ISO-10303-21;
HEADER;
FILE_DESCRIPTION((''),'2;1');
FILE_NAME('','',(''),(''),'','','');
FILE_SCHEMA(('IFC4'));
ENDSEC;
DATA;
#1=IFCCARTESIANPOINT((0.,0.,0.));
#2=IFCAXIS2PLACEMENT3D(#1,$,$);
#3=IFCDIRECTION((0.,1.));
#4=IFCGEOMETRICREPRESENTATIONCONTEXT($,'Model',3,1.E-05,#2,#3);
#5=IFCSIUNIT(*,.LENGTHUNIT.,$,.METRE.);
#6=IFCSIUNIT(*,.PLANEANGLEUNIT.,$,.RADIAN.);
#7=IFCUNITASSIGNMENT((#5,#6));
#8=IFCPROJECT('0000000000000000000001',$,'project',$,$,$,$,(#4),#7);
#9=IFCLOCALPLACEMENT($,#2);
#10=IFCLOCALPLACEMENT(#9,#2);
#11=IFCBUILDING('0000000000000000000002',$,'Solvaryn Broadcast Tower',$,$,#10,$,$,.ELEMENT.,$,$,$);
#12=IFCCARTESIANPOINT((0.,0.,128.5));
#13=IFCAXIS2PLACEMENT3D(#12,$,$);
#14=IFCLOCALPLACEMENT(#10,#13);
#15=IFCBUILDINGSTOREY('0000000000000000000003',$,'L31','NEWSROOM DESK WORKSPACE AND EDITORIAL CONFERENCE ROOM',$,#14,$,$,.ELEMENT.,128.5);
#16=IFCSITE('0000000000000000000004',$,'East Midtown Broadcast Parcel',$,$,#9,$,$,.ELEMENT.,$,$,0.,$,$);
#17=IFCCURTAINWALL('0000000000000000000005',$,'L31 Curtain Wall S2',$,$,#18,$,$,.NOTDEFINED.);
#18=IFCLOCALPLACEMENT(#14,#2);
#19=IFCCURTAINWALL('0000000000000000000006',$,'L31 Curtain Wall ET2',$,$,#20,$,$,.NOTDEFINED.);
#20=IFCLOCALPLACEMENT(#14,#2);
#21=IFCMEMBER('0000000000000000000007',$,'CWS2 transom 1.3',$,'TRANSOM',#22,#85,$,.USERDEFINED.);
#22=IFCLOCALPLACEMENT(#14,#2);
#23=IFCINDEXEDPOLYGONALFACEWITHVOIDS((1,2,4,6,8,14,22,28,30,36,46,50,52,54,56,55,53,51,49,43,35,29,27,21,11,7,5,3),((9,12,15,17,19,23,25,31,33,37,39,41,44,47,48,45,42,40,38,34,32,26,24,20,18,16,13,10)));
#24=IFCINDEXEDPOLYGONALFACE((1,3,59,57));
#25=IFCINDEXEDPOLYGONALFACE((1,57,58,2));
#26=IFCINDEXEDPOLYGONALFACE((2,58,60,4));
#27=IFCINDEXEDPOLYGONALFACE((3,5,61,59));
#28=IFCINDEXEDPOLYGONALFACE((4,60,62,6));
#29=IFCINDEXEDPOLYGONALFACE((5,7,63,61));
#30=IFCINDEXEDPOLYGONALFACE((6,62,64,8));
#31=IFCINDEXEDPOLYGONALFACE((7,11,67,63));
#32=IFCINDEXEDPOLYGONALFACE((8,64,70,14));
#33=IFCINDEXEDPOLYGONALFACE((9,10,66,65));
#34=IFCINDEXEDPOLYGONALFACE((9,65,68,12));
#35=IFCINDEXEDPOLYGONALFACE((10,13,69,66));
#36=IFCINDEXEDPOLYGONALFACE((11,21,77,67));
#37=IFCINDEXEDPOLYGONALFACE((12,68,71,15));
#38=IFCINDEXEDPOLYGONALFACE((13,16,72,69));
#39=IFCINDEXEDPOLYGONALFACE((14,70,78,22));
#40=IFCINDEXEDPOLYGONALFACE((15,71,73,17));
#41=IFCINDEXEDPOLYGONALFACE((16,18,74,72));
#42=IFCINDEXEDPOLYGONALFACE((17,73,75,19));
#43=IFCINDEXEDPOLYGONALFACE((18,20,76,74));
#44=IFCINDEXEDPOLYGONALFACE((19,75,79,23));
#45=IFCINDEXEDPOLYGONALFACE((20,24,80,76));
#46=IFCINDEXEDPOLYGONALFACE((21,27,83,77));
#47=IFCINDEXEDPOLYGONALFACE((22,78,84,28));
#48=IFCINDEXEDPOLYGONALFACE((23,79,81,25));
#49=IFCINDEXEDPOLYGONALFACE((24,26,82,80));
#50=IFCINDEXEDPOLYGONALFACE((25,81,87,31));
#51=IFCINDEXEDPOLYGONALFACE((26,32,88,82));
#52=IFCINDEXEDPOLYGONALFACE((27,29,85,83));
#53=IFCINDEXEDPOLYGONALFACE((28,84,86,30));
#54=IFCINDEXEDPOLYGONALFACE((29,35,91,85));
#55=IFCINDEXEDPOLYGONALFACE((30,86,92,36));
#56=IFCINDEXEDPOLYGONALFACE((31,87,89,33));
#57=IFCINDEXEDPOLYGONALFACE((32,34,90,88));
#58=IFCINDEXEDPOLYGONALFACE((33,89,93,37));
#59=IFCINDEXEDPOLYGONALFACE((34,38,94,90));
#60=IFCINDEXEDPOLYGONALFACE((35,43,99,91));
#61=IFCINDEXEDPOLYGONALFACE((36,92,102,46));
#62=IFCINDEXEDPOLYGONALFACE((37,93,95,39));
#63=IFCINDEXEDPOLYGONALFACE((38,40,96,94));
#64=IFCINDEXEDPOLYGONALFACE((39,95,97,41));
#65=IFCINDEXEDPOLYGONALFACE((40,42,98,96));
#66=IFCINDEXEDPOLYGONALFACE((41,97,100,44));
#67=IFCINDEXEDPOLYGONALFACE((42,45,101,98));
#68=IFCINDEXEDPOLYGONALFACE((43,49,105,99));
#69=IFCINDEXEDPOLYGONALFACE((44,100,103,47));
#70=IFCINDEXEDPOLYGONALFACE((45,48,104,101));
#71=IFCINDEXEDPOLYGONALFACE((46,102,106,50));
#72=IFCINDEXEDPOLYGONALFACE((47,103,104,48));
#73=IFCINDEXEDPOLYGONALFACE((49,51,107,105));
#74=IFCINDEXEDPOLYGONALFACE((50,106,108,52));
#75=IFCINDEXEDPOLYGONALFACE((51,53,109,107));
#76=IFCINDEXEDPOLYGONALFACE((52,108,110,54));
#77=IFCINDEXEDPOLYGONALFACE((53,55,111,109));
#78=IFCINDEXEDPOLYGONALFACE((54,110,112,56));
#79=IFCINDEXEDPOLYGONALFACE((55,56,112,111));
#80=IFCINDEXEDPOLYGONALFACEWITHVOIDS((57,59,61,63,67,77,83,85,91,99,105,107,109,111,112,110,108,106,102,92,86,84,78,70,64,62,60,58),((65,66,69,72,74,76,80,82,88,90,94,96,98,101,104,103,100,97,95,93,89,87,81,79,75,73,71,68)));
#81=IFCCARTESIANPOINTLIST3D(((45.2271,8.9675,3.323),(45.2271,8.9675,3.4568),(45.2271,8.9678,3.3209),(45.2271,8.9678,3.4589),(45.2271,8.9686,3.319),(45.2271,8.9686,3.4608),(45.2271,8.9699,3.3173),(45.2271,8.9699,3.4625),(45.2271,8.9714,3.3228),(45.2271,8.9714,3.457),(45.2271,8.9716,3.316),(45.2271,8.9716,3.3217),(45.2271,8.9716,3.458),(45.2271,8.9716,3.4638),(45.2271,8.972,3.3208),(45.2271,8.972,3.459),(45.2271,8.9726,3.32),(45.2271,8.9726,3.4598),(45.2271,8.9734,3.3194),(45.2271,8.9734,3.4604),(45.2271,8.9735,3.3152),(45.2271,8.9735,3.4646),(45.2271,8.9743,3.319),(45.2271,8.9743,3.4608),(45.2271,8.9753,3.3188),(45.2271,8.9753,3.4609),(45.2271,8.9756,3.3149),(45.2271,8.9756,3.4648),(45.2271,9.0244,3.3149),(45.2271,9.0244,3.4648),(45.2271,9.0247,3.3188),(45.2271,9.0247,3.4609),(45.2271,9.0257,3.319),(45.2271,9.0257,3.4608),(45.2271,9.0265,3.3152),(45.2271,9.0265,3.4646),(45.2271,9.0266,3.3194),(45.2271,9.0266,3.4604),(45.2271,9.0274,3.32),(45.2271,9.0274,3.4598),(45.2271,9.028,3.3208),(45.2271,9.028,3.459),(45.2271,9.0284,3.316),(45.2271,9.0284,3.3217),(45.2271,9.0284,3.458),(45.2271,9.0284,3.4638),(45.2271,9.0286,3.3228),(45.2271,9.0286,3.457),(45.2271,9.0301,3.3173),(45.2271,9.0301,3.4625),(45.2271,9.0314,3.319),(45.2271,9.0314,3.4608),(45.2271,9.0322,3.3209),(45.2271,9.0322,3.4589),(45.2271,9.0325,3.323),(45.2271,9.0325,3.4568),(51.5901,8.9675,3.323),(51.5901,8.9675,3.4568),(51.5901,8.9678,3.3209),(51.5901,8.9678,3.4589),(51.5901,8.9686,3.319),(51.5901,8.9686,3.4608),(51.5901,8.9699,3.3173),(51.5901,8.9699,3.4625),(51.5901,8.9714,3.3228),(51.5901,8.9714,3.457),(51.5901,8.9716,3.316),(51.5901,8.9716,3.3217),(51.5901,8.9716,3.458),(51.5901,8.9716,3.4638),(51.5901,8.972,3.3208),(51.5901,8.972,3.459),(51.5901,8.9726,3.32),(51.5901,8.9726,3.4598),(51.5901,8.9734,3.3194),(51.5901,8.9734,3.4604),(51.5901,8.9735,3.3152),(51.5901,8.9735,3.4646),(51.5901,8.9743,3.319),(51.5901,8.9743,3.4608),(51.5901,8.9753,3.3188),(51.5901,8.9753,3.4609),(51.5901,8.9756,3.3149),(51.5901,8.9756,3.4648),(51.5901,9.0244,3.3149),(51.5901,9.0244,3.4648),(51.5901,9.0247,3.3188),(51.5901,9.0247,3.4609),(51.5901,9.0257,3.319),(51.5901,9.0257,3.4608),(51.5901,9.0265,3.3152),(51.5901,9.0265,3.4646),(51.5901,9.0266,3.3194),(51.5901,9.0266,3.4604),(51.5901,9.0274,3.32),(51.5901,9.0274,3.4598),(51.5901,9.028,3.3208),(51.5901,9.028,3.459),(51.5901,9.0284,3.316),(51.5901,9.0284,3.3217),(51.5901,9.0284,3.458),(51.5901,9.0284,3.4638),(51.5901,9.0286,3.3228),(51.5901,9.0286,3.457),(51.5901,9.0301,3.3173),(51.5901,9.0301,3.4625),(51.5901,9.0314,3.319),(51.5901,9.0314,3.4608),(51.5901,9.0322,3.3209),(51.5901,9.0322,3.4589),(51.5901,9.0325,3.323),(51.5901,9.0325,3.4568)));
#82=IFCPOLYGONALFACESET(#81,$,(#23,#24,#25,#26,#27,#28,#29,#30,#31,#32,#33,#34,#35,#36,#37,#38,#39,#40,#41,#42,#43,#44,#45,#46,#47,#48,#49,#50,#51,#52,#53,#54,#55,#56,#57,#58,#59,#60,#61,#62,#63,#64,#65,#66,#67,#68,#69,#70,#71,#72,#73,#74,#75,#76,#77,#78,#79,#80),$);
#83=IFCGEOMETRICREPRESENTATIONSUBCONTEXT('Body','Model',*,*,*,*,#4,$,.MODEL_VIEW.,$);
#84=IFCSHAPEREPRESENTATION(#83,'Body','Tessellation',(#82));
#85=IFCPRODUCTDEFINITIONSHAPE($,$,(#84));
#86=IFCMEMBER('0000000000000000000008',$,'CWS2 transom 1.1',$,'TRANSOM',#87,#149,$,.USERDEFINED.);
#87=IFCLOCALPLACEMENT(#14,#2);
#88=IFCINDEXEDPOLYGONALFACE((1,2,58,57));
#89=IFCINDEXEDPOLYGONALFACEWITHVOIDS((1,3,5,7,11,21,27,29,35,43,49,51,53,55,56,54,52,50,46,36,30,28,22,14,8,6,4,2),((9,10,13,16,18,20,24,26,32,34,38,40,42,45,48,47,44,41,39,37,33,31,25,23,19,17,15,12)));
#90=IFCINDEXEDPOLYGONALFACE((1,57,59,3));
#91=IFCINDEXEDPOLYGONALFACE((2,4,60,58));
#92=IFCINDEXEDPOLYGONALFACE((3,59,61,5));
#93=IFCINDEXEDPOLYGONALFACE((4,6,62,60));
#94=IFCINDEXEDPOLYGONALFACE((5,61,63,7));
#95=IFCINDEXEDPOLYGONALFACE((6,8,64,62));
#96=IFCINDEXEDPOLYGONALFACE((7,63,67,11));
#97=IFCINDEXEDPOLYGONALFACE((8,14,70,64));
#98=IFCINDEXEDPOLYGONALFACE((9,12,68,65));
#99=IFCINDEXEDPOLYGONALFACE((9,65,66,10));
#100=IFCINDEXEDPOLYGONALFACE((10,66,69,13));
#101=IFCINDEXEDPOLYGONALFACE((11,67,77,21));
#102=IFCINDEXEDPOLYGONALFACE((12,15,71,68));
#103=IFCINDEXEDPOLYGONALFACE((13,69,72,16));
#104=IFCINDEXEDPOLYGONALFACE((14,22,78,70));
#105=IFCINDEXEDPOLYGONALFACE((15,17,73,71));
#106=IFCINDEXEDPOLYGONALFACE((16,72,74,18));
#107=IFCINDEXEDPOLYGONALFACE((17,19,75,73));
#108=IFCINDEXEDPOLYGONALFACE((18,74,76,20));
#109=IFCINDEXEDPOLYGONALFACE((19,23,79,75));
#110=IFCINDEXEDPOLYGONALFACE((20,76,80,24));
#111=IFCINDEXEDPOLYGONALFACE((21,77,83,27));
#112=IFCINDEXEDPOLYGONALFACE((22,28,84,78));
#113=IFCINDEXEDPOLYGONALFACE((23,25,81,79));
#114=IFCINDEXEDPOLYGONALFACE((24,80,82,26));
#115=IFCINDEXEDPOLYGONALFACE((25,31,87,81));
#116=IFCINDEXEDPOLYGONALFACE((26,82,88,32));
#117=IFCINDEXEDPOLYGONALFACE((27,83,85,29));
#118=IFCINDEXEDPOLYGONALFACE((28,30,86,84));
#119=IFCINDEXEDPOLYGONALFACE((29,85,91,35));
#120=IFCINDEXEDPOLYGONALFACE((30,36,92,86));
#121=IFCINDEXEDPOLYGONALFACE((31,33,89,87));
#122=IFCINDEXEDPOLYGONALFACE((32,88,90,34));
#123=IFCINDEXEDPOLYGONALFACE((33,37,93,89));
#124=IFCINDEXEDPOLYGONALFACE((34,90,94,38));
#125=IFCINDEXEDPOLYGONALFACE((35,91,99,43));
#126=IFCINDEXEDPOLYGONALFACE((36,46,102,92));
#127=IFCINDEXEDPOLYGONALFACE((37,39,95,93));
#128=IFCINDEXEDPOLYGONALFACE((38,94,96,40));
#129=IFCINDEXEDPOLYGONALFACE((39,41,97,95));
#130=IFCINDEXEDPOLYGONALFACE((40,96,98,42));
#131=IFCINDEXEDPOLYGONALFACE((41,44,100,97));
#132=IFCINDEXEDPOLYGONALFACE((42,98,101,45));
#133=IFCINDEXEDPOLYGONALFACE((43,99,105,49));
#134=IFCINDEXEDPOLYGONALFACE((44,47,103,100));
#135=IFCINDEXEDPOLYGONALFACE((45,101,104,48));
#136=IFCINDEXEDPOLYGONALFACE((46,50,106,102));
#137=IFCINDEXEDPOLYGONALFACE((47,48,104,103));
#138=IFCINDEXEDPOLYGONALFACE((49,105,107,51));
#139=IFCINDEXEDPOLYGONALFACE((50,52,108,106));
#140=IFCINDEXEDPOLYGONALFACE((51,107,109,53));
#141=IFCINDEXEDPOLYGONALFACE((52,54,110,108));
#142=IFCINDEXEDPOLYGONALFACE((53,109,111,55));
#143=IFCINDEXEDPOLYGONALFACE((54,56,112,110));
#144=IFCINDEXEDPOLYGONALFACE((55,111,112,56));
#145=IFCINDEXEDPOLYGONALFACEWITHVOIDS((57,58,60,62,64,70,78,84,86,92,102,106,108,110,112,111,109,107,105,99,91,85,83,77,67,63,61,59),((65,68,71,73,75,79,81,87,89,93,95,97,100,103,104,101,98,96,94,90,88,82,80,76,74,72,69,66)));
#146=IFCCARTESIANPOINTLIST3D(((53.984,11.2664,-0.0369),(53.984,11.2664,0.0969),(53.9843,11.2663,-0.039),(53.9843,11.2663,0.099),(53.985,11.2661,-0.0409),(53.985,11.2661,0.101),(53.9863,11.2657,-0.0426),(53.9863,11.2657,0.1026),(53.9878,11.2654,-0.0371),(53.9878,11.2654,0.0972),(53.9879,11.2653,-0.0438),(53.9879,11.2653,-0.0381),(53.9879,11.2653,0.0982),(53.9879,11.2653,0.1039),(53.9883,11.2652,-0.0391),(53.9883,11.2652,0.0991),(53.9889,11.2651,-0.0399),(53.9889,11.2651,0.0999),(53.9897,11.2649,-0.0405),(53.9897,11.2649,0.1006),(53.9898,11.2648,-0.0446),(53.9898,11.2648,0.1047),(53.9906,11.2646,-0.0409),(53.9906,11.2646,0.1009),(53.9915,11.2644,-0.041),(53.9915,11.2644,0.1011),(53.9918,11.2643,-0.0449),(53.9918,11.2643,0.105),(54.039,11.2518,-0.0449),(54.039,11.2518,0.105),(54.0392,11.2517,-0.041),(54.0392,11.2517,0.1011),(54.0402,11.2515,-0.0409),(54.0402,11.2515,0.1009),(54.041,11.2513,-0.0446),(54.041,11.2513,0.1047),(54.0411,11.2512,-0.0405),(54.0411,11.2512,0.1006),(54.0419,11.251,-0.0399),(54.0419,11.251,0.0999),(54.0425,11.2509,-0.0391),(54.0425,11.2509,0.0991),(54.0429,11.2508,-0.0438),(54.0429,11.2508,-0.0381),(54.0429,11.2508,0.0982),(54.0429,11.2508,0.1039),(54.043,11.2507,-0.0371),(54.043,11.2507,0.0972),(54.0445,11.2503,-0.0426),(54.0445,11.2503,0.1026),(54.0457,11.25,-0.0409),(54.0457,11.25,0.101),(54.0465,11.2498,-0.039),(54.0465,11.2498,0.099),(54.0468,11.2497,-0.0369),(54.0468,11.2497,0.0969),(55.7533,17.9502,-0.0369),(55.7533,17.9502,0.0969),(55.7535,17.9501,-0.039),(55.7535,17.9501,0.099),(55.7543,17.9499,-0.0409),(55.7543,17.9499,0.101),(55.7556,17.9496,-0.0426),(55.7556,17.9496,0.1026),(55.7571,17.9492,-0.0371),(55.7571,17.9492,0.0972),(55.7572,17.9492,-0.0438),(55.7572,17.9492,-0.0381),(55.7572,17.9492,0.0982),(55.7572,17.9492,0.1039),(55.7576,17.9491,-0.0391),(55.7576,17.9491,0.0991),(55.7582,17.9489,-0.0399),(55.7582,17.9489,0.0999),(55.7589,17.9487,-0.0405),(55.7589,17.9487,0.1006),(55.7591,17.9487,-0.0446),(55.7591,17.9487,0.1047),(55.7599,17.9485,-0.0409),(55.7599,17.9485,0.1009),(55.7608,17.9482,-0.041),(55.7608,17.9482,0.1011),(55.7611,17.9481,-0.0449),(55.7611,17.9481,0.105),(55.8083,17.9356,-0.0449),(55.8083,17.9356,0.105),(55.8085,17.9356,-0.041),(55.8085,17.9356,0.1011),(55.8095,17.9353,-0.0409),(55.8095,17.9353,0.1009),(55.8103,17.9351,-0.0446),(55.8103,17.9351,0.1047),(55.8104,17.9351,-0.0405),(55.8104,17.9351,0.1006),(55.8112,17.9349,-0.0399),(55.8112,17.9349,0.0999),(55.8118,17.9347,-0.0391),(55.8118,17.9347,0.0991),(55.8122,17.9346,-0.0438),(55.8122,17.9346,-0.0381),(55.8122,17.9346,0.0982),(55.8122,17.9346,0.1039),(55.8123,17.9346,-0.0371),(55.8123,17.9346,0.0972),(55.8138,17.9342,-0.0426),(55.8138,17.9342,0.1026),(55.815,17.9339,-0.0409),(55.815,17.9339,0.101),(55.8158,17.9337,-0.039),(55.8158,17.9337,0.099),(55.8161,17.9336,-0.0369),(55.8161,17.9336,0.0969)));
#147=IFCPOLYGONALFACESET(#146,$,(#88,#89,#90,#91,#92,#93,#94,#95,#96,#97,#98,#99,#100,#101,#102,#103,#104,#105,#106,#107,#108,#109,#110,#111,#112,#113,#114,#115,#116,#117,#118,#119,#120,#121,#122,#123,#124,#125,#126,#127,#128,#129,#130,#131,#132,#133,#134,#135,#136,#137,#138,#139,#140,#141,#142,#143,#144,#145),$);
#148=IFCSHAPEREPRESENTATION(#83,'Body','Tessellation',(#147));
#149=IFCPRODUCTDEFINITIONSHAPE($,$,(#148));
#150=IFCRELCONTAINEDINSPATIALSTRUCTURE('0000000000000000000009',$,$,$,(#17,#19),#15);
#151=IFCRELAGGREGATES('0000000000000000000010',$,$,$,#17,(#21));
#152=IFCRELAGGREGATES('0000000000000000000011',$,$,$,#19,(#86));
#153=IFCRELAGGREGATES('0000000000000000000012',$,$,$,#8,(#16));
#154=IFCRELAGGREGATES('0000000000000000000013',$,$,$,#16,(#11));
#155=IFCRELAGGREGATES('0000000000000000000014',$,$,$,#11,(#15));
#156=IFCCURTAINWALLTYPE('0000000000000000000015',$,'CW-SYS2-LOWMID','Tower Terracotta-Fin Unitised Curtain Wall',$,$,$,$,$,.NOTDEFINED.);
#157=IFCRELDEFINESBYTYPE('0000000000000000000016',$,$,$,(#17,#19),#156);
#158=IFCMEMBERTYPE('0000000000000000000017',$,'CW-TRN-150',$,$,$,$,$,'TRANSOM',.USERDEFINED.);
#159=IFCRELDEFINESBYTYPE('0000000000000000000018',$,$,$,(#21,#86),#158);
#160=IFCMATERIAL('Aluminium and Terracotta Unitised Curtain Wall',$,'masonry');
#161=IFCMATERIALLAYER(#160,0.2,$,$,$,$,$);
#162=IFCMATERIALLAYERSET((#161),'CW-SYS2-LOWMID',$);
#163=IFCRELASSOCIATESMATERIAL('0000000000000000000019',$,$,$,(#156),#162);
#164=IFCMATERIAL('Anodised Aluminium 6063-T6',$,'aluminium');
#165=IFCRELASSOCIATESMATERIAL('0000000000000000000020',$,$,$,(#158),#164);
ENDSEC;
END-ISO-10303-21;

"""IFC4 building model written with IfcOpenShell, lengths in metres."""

from ifc_helpers import new_model, si_unit, direction, frame, origin, origin_2d, place, context, subcontext, project, spatial, hollow_rectangle, extrude, material, layer, layer_set, material_profile, profile_set, type_object, element, aggregate, save


model = new_model("IFC4")

# Units and contexts
model_context = context("Model", 3, precision=1e-05, world=origin(), true_north=direction((0.0, 1.0)))
body_context = subcontext(model_context, "Body", "Model", "MODEL_VIEW")
ifc_project = project(units=[si_unit("LENGTHUNIT", "METRE"), si_unit("PLANEANGLEUNIT", "RADIAN")], contexts=[model_context])

# Site, building, storey
site_placement = place(None, origin())
site = spatial("IfcSite", under=ifc_project, at=site_placement, Name="East Midtown Broadcast Parcel", CompositionType="ELEMENT", RefElevation=0.0)
building_placement = place(site_placement, origin())
building = spatial("IfcBuilding", under=site, at=building_placement, Name="Solvaryn Broadcast Tower", CompositionType="ELEMENT")
storey_placement = place(building_placement, frame((0.0, 0.0, 128.5)))
storey = spatial("IfcBuildingStorey", under=building, at=storey_placement, Name="L31", Description="NEWSROOM DESK WORKSPACE AND EDITORIAL CONFERENCE ROOM", CompositionType="ELEMENT", Elevation=128.5)

# Curtain wall
ifc_material_1 = material(Name="Aluminium and Terracotta Unitised Curtain Wall", Category="masonry")
ifc_layer_1 = layer(ifc_material_1, 0.2)
ifc_layer_set_1 = layer_set([ifc_layer_1], Name="CW-SYS2-LOWMID")
curtain_wall_type = type_object("IfcCurtainWallType", Name="CW-SYS2-LOWMID", Description="Tower Terracotta-Fin Unitised Curtain Wall", PredefinedType="NOTDEFINED", material=ifc_layer_set_1)
curtain_wall_1_placement = place(storey_placement, origin())
curtain_wall_1 = element("IfcCurtainWall", 1, at=curtain_wall_1_placement, inside=storey, type_object=curtain_wall_type, Name="L31 Curtain Wall S2", PredefinedType="NOTDEFINED")

# Curtain wall
curtain_wall_2_placement = place(storey_placement, origin())
curtain_wall_2 = element("IfcCurtainWall", 2, at=curtain_wall_2_placement, inside=storey, type_object=curtain_wall_type, Name="L31 Curtain Wall ET2", PredefinedType="NOTDEFINED")

# Members
ifc_material_2 = material(Name="Anodised Aluminium 6063-T6", Category="aluminium")
ifc_material_profile_1 = material_profile(ifc_material_2, hollow_rectangle(XDim=0.0649, YDim=0.1499, WallThickness=0.0039, InnerFilletRadius=0.0039, OuterFilletRadius=0.0081, at=origin_2d()))
ifc_profile_set_1 = profile_set([ifc_material_profile_1], Name="Anodised Aluminium 6063-T6")
member_type_1 = type_object("IfcMemberType", Name="CW-TRN-150", ElementType="TRANSOM", PredefinedType="USERDEFINED", material=ifc_profile_set_1)
member_1_placement = place(storey_placement, frame((45.2271, 9.0, 3.3899), z_axis=(1.0, 0.0, 0.0), x_axis=(0.0, 1.0, 0.0)))
member_1 = element("IfcMember", 3, at=member_1_placement, type_object=member_type_1, Name="CWS2 transom 1.3", ObjectType="TRANSOM", PredefinedType="USERDEFINED", context=body_context, shape_type="SweptSolid", body=[
    extrude(hollow_rectangle(XDim=0.0649, YDim=0.1499, WallThickness=0.0039, InnerFilletRadius=0.0039, OuterFilletRadius=0.0081, at=origin_2d()), origin(), (0.0, 0.0, 1.0), 6.363),
])
member_2_placement = place(storey_placement, frame((55.7847, 17.9419, 0.03), z_axis=(-0.255897, -0.966704, 0.0), x_axis=(0.966704, -0.255897, 0.0)))
member_2 = element("IfcMember", 4, at=member_2_placement, type_object=member_type_1, Name="CWS2 transom 1.1", ObjectType="TRANSOM", PredefinedType="USERDEFINED", context=body_context, shape_type="SweptSolid", body=[
    extrude(hollow_rectangle(XDim=0.0649, YDim=0.1499, WallThickness=0.0039, InnerFilletRadius=0.0039, OuterFilletRadius=0.0081, at=origin_2d()), origin(), (0.0, 0.0, 1.0), 6.9141),
])

aggregate(curtain_wall_1, [member_1])
aggregate(curtain_wall_2, [member_2])

save(model, "model.ifc")
